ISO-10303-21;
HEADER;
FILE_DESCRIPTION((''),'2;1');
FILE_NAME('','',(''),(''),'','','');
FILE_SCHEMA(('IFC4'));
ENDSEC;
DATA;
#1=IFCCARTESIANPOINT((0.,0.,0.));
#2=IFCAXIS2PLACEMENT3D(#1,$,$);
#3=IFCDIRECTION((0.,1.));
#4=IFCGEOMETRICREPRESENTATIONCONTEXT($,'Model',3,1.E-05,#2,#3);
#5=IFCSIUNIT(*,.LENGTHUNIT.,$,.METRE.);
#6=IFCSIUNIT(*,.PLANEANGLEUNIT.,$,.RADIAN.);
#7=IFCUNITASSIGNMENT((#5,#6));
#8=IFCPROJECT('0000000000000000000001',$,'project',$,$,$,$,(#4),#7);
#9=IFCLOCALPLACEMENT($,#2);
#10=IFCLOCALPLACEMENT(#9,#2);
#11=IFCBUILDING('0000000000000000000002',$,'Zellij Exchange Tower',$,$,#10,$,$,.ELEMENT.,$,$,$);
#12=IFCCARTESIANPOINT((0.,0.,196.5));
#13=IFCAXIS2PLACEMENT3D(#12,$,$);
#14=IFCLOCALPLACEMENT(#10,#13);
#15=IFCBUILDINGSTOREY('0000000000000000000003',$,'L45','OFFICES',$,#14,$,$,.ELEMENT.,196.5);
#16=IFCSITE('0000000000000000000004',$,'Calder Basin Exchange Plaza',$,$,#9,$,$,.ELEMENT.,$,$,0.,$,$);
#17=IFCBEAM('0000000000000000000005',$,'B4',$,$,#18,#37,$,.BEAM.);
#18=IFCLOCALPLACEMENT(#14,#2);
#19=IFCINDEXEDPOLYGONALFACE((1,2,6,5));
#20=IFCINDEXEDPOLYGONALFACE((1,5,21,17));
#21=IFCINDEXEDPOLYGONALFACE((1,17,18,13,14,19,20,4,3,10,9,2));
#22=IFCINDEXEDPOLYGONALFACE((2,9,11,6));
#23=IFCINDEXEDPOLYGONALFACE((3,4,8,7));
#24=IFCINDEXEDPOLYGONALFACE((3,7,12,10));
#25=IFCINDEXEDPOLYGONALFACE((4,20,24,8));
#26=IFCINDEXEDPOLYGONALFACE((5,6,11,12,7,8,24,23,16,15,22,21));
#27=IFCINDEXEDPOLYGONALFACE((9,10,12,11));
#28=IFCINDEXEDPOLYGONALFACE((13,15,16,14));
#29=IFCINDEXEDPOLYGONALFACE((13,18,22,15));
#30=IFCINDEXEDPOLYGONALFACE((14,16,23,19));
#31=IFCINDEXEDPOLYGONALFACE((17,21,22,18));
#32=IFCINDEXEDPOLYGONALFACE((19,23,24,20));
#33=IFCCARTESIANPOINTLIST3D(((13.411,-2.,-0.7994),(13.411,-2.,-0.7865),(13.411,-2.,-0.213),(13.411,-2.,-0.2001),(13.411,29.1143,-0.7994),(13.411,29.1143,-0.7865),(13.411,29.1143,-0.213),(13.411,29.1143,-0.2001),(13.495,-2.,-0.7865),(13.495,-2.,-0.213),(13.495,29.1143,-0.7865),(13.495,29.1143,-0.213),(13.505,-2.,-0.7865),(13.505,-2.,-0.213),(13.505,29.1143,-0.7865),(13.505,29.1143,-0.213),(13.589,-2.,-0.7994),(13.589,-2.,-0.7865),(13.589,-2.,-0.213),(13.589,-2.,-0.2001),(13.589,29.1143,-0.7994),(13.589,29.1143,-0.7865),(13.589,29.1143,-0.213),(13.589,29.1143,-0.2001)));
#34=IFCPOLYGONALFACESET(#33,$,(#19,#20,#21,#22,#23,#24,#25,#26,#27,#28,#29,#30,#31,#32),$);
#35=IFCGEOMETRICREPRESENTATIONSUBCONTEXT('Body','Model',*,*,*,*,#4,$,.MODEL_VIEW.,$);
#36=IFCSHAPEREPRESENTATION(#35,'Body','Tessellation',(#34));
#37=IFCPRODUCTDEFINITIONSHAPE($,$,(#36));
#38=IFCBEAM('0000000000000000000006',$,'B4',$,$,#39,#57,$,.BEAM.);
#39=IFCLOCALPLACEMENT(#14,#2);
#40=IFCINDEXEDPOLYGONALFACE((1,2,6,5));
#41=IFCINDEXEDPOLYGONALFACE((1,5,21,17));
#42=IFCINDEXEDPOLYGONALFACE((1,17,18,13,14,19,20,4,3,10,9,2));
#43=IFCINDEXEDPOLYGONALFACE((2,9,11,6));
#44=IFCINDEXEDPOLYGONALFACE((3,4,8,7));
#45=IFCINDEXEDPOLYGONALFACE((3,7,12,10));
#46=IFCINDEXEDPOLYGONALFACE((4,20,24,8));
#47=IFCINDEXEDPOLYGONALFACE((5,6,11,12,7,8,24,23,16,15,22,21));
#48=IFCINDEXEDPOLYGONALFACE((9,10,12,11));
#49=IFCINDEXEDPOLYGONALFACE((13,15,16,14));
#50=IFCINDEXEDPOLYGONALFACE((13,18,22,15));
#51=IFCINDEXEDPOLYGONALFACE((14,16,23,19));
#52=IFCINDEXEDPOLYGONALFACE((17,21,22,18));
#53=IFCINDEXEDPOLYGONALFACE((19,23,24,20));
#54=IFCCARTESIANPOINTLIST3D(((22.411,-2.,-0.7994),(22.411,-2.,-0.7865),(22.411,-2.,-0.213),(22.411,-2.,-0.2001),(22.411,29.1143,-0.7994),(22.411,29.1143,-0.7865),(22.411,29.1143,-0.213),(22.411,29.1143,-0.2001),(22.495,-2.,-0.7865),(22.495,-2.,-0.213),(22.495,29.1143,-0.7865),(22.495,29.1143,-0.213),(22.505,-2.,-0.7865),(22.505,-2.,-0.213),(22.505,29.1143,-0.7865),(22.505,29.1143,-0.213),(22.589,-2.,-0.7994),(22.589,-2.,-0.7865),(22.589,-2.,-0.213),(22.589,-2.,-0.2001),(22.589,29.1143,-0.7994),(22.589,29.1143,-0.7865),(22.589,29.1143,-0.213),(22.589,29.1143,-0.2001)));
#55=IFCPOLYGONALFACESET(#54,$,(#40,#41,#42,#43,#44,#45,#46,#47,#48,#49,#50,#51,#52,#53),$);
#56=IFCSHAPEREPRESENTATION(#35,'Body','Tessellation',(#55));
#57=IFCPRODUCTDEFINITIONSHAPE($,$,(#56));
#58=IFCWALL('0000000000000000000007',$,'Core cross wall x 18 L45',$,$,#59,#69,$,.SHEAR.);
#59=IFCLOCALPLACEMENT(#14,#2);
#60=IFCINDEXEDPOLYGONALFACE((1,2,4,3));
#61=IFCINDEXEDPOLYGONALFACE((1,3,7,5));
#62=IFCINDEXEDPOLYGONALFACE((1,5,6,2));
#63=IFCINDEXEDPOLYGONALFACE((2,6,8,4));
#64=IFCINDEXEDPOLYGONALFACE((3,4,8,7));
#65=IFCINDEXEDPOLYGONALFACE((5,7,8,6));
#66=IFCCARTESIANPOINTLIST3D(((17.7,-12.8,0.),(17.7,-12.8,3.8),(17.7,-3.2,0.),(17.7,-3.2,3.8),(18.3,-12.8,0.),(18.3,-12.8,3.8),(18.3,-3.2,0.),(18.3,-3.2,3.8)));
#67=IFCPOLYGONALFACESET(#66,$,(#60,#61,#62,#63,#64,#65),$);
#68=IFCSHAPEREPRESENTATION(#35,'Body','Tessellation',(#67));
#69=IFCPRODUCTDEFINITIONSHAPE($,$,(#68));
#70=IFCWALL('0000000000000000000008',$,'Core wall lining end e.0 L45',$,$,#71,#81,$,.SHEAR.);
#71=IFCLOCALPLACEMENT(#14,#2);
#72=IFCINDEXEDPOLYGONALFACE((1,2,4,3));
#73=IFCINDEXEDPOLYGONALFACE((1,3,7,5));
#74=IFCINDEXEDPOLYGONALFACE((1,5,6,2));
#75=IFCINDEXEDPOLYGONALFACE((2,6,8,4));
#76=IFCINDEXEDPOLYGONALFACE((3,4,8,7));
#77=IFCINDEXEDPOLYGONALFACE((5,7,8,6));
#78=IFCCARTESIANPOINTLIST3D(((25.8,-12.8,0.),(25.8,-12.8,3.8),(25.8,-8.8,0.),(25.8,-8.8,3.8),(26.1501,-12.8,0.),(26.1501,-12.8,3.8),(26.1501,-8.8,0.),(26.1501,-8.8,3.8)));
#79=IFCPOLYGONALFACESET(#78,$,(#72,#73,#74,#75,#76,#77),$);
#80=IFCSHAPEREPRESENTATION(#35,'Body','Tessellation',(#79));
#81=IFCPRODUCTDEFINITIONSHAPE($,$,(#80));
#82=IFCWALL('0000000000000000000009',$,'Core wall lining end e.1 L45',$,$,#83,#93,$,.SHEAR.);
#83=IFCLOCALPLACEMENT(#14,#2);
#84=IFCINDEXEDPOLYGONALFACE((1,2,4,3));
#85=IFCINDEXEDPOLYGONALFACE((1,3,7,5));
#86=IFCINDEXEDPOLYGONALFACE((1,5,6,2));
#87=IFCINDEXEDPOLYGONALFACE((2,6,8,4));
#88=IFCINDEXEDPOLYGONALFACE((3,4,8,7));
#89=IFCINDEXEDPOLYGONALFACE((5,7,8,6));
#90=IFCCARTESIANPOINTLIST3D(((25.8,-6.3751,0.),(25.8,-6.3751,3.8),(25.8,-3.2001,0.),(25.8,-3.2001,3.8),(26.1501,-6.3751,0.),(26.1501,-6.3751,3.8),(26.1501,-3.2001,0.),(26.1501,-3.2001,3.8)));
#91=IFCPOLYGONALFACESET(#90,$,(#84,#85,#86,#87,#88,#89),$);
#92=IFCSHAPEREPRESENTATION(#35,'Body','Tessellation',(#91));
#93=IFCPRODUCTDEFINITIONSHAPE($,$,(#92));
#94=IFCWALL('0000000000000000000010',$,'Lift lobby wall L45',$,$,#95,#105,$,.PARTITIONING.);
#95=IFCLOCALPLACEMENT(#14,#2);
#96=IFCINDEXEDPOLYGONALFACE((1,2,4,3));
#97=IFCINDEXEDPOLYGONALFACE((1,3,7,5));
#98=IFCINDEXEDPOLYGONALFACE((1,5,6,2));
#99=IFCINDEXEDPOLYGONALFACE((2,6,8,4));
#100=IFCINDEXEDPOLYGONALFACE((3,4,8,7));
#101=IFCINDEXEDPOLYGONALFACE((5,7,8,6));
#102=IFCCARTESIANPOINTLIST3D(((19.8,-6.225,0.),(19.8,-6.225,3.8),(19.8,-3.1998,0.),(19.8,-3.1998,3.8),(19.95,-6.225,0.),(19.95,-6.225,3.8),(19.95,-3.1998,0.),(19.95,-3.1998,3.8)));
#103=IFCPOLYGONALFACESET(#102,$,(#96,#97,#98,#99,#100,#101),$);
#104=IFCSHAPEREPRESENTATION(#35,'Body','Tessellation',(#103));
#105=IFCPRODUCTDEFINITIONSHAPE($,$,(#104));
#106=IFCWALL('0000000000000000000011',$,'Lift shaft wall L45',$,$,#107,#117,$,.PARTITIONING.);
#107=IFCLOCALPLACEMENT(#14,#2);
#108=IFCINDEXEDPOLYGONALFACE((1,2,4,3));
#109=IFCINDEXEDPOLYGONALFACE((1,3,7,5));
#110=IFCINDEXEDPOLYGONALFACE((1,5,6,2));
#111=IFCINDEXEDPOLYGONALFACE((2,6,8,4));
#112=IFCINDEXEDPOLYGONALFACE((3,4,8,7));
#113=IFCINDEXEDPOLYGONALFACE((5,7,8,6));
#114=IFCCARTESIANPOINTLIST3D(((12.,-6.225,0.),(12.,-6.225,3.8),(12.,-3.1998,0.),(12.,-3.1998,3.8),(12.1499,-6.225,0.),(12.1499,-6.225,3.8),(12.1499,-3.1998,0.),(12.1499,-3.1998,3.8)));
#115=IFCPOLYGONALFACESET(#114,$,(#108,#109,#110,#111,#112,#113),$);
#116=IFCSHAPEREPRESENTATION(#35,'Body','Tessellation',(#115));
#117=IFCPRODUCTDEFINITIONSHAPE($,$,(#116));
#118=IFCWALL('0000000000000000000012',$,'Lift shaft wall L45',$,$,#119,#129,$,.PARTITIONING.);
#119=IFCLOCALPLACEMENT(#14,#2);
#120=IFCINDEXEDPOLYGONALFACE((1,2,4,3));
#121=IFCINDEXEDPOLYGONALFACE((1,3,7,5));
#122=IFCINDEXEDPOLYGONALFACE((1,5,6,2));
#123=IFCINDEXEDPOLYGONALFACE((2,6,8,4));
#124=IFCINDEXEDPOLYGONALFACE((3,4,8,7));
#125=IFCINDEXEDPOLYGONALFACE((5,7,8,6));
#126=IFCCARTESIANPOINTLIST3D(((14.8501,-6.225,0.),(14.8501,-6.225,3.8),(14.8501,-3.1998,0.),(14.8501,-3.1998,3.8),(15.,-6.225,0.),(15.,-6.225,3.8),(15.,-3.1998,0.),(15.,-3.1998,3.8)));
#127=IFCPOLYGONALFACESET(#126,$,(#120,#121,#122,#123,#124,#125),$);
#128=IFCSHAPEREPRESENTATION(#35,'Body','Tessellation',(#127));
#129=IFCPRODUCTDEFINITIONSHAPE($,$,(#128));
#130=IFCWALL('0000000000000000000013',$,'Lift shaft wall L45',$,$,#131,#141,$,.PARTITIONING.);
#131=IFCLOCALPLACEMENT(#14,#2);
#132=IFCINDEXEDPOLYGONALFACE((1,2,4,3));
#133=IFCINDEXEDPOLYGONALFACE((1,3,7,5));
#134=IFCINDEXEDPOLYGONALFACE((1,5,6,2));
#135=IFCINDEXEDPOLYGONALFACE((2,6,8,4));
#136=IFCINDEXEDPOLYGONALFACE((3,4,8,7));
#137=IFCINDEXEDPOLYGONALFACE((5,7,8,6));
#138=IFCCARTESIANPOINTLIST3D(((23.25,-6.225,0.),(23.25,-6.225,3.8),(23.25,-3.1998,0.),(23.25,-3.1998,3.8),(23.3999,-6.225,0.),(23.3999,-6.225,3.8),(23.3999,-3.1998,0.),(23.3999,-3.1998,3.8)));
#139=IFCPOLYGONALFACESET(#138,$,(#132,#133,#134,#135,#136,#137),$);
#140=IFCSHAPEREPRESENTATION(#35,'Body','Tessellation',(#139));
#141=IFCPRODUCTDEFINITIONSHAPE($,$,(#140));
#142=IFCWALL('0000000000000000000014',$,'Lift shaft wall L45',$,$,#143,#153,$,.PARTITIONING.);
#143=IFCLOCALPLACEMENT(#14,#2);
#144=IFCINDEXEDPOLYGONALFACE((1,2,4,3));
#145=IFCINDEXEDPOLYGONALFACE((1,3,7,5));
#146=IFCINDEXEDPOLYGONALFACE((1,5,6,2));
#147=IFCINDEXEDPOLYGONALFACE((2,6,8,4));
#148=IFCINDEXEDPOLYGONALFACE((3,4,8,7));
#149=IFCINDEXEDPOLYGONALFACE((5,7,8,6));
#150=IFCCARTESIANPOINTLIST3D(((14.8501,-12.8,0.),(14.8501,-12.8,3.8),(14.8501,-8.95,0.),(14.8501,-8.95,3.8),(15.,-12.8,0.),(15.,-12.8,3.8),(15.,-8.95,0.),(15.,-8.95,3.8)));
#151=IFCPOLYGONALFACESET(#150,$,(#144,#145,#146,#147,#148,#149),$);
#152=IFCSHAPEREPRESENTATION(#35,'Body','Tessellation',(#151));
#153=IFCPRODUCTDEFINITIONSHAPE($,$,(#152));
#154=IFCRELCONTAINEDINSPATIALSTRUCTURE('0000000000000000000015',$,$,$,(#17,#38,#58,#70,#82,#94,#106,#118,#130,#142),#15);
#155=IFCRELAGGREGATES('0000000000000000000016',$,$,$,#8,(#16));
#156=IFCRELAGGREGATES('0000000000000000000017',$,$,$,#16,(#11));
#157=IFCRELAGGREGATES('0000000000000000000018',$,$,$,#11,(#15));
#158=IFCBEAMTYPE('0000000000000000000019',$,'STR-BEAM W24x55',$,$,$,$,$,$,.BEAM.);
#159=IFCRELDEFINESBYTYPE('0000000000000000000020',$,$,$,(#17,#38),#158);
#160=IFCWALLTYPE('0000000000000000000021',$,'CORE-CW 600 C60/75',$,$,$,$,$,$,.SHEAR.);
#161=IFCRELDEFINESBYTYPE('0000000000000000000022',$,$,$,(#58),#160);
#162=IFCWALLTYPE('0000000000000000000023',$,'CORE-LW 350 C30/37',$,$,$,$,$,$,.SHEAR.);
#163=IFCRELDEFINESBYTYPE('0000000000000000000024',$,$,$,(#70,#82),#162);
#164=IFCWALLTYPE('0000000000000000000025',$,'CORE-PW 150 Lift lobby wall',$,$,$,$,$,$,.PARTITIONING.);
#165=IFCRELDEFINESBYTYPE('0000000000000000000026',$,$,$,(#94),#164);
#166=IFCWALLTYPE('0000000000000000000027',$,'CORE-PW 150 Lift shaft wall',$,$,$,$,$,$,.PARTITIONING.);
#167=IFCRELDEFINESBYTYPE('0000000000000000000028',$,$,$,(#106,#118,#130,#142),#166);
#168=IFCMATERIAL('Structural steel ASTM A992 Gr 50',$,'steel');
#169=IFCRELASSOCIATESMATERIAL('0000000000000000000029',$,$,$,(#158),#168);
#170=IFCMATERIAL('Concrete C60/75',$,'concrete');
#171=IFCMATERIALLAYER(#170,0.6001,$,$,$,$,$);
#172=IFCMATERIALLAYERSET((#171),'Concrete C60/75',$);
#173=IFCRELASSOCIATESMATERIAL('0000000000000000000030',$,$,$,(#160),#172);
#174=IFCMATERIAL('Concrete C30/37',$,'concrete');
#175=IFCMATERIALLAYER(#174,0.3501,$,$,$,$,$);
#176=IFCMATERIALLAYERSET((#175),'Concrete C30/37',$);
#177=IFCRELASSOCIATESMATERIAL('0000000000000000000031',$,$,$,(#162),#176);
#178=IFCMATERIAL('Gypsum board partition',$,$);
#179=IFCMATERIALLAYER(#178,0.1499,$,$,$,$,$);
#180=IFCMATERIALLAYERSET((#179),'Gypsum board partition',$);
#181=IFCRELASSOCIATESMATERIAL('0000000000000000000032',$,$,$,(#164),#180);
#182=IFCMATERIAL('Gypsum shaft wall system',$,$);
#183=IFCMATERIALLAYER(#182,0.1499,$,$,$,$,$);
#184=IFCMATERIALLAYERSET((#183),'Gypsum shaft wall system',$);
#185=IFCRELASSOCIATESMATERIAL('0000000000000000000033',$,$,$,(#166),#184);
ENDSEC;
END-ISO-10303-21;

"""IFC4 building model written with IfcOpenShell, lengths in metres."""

from ifc_helpers import new_model, si_unit, direction, frame, frame_2d, origin, origin_2d, place, context, subcontext, project, spatial, rectangle, i_section, extrude, material, layer, layer_set, material_profile, profile_set, type_object, element, save


model = new_model("IFC4")

# Units and contexts
model_context = context("Model", 3, precision=1e-05, world=origin(), true_north=direction((0.0, 1.0)))
body_context = subcontext(model_context, "Body", "Model", "MODEL_VIEW")
ifc_project = project(units=[si_unit("LENGTHUNIT", "METRE"), si_unit("PLANEANGLEUNIT", "RADIAN")], contexts=[model_context])

# Site, building, storey
site_placement = place(None, origin())
site = spatial("IfcSite", under=ifc_project, at=site_placement, Name="Calder Basin Exchange Plaza", CompositionType="ELEMENT", RefElevation=0.0)
building_placement = place(site_placement, origin())
building = spatial("IfcBuilding", under=site, at=building_placement, Name="Zellij Exchange Tower", CompositionType="ELEMENT")
storey_placement = place(building_placement, frame((0.0, 0.0, 196.5)))
storey = spatial("IfcBuildingStorey", under=building, at=storey_placement, Name="L45", Description="OFFICES", CompositionType="ELEMENT", Elevation=196.5)

# Beams
ifc_material_1 = material(Name="Structural steel ASTM A992 Gr 50", Category="steel")
ifc_material_profile = material_profile(ifc_material_1, i_section(OverallWidth=0.178, OverallDepth=0.5994, WebThickness=0.01, FlangeThickness=0.0129, at=origin_2d()), Name="W24x55")
ifc_profile_set = profile_set([ifc_material_profile], Name="Structural steel ASTM A992 Gr 50")
beam_type = type_object("IfcBeamType", Name="STR-BEAM W24x55", PredefinedType="BEAM", material=ifc_profile_set)
for number, where, z_axis, x_axis, name in (
    (1, (13.5, -2.0, -0.4998), (0.0, 1.0, 0.0), (-1.0, 0.0, 0.0), "B4"),
    (2, (22.5, -2.0, -0.4998), (0.0, 1.0, 0.0), (-1.0, 0.0, 0.0), "B4"),
):
    element("IfcBeam", number, at=place(storey_placement, frame(where, z_axis=z_axis, x_axis=x_axis)), inside=storey, type_object=beam_type, Name=name, PredefinedType="BEAM", context=body_context, shape_type="SweptSolid", body=[
        extrude(i_section(OverallWidth=0.178, OverallDepth=0.5994, WebThickness=0.01, FlangeThickness=0.0129, at=origin_2d()), origin(), (0.0, 0.0, 1.0), 31.1143),
    ])

# Walls
ifc_material_2 = material(Name="Concrete C60/75", Category="concrete")
ifc_layer_1 = layer(ifc_material_2, 0.6001)
ifc_layer_set_1 = layer_set([ifc_layer_1], Name="Concrete C60/75")
wall_type_1 = type_object("IfcWallType", Name="CORE-CW 600 C60/75", PredefinedType="SHEAR", material=ifc_layer_set_1)
wall_1_placement = place(storey_placement, frame((18.0, -12.8, 0.0), z_axis=(0.0, 0.0, 1.0), x_axis=(0.0, 1.0, 0.0)))
element("IfcWall", 3, at=wall_1_placement, inside=storey, type_object=wall_type_1, Name="Core cross wall x 18 L45", PredefinedType="SHEAR", context=body_context, shape_type="SweptSolid", body=[
    extrude(rectangle(XDim=9.6001, YDim=0.6001, at=frame_2d((4.8, 0.0))), origin(), (0.0, 0.0, 1.0), 3.8),
])
ifc_material_3 = material(Name="Concrete C30/37", Category="concrete")
ifc_layer_2 = layer(ifc_material_3, 0.3501)
ifc_layer_set_2 = layer_set([ifc_layer_2], Name="Concrete C30/37")
wall_type_2 = type_object("IfcWallType", Name="CORE-LW 350 C30/37", PredefinedType="SHEAR", material=ifc_layer_set_2)
wall_2_placement = place(storey_placement, frame((25.9751, -12.8, 0.0), z_axis=(0.0, 0.0, 1.0), x_axis=(0.0, 1.0, 0.0)))
element("IfcWall", 4, at=wall_2_placement, inside=storey, type_object=wall_type_2, Name="Core wall lining end e.0 L45", PredefinedType="SHEAR", context=body_context, shape_type="SweptSolid", body=[
    extrude(rectangle(XDim=4.0, YDim=0.3501, at=frame_2d((2.0, 0.0))), origin(), (0.0, 0.0, 1.0), 3.8),
])
wall_3_placement = place(storey_placement, frame((25.9751, -6.375, 0.0), z_axis=(0.0, 0.0, 1.0), x_axis=(0.0, 1.0, 0.0)))
element("IfcWall", 5, at=wall_3_placement, inside=storey, type_object=wall_type_2, Name="Core wall lining end e.1 L45", PredefinedType="SHEAR", context=body_context, shape_type="SweptSolid", body=[
    extrude(rectangle(XDim=3.175, YDim=0.3501, at=frame_2d((1.5874, 0.0))), origin(), (0.0, 0.0, 1.0), 3.8),
])
ifc_material_4 = material(Name="Gypsum board partition")
ifc_layer_3 = layer(ifc_material_4, 0.1499)
ifc_layer_set_3 = layer_set([ifc_layer_3], Name="Gypsum board partition")
wall_type_3 = type_object("IfcWallType", Name="CORE-PW 150 Lift lobby wall", PredefinedType="PARTITIONING", material=ifc_layer_set_3)
wall_4_placement = place(storey_placement, frame((19.875, -6.2251, 0.0), z_axis=(0.0, 0.0, 1.0), x_axis=(0.0, 1.0, 0.0)))
element("IfcWall", 6, at=wall_4_placement, inside=storey, type_object=wall_type_3, Name="Lift lobby wall L45", PredefinedType="PARTITIONING", context=body_context, shape_type="SweptSolid", body=[
    extrude(rectangle(XDim=3.0251, YDim=0.1499, at=frame_2d((1.5127, 0.0))), origin(), (0.0, 0.0, 1.0), 3.8),
])
ifc_material_5 = material(Name="Gypsum shaft wall system")
ifc_layer_4 = layer(ifc_material_5, 0.1499)
ifc_layer_set_4 = layer_set([ifc_layer_4], Name="Gypsum shaft wall system")
wall_type_4 = type_object("IfcWallType", Name="CORE-PW 150 Lift shaft wall", PredefinedType="PARTITIONING", material=ifc_layer_set_4)
for number, where, z_axis, x_axis, name in (
    (7, (12.075, -6.2251, 0.0), (0.0, 0.0, 1.0), (0.0, 1.0, 0.0), "Lift shaft wall L45"),
    (8, (14.925, -6.2251, 0.0), (0.0, 0.0, 1.0), (0.0, 1.0, 0.0), "Lift shaft wall L45"),
    (9, (23.325, -6.2251, 0.0), (0.0, 0.0, 1.0), (0.0, 1.0, 0.0), "Lift shaft wall L45"),
):
    element("IfcWall", number, at=place(storey_placement, frame(where, z_axis=z_axis, x_axis=x_axis)), inside=storey, type_object=wall_type_4, Name=name, PredefinedType="PARTITIONING", context=body_context, shape_type="SweptSolid", body=[
        extrude(rectangle(XDim=3.0251, YDim=0.1499, at=frame_2d((1.5127, 0.0))), origin(), (0.0, 0.0, 1.0), 3.8),
    ])
wall_5_placement = place(storey_placement, frame((14.925, -12.8, 0.0), z_axis=(0.0, 0.0, 1.0), x_axis=(0.0, 1.0, 0.0)))
element("IfcWall", 10, at=wall_5_placement, inside=storey, type_object=wall_type_4, Name="Lift shaft wall L45", PredefinedType="PARTITIONING", context=body_context, shape_type="SweptSolid", body=[
    extrude(rectangle(XDim=3.8501, YDim=0.1499, at=frame_2d((1.925, 0.0))), origin(), (0.0, 0.0, 1.0), 3.8),
])

save(model, "model.ifc")
